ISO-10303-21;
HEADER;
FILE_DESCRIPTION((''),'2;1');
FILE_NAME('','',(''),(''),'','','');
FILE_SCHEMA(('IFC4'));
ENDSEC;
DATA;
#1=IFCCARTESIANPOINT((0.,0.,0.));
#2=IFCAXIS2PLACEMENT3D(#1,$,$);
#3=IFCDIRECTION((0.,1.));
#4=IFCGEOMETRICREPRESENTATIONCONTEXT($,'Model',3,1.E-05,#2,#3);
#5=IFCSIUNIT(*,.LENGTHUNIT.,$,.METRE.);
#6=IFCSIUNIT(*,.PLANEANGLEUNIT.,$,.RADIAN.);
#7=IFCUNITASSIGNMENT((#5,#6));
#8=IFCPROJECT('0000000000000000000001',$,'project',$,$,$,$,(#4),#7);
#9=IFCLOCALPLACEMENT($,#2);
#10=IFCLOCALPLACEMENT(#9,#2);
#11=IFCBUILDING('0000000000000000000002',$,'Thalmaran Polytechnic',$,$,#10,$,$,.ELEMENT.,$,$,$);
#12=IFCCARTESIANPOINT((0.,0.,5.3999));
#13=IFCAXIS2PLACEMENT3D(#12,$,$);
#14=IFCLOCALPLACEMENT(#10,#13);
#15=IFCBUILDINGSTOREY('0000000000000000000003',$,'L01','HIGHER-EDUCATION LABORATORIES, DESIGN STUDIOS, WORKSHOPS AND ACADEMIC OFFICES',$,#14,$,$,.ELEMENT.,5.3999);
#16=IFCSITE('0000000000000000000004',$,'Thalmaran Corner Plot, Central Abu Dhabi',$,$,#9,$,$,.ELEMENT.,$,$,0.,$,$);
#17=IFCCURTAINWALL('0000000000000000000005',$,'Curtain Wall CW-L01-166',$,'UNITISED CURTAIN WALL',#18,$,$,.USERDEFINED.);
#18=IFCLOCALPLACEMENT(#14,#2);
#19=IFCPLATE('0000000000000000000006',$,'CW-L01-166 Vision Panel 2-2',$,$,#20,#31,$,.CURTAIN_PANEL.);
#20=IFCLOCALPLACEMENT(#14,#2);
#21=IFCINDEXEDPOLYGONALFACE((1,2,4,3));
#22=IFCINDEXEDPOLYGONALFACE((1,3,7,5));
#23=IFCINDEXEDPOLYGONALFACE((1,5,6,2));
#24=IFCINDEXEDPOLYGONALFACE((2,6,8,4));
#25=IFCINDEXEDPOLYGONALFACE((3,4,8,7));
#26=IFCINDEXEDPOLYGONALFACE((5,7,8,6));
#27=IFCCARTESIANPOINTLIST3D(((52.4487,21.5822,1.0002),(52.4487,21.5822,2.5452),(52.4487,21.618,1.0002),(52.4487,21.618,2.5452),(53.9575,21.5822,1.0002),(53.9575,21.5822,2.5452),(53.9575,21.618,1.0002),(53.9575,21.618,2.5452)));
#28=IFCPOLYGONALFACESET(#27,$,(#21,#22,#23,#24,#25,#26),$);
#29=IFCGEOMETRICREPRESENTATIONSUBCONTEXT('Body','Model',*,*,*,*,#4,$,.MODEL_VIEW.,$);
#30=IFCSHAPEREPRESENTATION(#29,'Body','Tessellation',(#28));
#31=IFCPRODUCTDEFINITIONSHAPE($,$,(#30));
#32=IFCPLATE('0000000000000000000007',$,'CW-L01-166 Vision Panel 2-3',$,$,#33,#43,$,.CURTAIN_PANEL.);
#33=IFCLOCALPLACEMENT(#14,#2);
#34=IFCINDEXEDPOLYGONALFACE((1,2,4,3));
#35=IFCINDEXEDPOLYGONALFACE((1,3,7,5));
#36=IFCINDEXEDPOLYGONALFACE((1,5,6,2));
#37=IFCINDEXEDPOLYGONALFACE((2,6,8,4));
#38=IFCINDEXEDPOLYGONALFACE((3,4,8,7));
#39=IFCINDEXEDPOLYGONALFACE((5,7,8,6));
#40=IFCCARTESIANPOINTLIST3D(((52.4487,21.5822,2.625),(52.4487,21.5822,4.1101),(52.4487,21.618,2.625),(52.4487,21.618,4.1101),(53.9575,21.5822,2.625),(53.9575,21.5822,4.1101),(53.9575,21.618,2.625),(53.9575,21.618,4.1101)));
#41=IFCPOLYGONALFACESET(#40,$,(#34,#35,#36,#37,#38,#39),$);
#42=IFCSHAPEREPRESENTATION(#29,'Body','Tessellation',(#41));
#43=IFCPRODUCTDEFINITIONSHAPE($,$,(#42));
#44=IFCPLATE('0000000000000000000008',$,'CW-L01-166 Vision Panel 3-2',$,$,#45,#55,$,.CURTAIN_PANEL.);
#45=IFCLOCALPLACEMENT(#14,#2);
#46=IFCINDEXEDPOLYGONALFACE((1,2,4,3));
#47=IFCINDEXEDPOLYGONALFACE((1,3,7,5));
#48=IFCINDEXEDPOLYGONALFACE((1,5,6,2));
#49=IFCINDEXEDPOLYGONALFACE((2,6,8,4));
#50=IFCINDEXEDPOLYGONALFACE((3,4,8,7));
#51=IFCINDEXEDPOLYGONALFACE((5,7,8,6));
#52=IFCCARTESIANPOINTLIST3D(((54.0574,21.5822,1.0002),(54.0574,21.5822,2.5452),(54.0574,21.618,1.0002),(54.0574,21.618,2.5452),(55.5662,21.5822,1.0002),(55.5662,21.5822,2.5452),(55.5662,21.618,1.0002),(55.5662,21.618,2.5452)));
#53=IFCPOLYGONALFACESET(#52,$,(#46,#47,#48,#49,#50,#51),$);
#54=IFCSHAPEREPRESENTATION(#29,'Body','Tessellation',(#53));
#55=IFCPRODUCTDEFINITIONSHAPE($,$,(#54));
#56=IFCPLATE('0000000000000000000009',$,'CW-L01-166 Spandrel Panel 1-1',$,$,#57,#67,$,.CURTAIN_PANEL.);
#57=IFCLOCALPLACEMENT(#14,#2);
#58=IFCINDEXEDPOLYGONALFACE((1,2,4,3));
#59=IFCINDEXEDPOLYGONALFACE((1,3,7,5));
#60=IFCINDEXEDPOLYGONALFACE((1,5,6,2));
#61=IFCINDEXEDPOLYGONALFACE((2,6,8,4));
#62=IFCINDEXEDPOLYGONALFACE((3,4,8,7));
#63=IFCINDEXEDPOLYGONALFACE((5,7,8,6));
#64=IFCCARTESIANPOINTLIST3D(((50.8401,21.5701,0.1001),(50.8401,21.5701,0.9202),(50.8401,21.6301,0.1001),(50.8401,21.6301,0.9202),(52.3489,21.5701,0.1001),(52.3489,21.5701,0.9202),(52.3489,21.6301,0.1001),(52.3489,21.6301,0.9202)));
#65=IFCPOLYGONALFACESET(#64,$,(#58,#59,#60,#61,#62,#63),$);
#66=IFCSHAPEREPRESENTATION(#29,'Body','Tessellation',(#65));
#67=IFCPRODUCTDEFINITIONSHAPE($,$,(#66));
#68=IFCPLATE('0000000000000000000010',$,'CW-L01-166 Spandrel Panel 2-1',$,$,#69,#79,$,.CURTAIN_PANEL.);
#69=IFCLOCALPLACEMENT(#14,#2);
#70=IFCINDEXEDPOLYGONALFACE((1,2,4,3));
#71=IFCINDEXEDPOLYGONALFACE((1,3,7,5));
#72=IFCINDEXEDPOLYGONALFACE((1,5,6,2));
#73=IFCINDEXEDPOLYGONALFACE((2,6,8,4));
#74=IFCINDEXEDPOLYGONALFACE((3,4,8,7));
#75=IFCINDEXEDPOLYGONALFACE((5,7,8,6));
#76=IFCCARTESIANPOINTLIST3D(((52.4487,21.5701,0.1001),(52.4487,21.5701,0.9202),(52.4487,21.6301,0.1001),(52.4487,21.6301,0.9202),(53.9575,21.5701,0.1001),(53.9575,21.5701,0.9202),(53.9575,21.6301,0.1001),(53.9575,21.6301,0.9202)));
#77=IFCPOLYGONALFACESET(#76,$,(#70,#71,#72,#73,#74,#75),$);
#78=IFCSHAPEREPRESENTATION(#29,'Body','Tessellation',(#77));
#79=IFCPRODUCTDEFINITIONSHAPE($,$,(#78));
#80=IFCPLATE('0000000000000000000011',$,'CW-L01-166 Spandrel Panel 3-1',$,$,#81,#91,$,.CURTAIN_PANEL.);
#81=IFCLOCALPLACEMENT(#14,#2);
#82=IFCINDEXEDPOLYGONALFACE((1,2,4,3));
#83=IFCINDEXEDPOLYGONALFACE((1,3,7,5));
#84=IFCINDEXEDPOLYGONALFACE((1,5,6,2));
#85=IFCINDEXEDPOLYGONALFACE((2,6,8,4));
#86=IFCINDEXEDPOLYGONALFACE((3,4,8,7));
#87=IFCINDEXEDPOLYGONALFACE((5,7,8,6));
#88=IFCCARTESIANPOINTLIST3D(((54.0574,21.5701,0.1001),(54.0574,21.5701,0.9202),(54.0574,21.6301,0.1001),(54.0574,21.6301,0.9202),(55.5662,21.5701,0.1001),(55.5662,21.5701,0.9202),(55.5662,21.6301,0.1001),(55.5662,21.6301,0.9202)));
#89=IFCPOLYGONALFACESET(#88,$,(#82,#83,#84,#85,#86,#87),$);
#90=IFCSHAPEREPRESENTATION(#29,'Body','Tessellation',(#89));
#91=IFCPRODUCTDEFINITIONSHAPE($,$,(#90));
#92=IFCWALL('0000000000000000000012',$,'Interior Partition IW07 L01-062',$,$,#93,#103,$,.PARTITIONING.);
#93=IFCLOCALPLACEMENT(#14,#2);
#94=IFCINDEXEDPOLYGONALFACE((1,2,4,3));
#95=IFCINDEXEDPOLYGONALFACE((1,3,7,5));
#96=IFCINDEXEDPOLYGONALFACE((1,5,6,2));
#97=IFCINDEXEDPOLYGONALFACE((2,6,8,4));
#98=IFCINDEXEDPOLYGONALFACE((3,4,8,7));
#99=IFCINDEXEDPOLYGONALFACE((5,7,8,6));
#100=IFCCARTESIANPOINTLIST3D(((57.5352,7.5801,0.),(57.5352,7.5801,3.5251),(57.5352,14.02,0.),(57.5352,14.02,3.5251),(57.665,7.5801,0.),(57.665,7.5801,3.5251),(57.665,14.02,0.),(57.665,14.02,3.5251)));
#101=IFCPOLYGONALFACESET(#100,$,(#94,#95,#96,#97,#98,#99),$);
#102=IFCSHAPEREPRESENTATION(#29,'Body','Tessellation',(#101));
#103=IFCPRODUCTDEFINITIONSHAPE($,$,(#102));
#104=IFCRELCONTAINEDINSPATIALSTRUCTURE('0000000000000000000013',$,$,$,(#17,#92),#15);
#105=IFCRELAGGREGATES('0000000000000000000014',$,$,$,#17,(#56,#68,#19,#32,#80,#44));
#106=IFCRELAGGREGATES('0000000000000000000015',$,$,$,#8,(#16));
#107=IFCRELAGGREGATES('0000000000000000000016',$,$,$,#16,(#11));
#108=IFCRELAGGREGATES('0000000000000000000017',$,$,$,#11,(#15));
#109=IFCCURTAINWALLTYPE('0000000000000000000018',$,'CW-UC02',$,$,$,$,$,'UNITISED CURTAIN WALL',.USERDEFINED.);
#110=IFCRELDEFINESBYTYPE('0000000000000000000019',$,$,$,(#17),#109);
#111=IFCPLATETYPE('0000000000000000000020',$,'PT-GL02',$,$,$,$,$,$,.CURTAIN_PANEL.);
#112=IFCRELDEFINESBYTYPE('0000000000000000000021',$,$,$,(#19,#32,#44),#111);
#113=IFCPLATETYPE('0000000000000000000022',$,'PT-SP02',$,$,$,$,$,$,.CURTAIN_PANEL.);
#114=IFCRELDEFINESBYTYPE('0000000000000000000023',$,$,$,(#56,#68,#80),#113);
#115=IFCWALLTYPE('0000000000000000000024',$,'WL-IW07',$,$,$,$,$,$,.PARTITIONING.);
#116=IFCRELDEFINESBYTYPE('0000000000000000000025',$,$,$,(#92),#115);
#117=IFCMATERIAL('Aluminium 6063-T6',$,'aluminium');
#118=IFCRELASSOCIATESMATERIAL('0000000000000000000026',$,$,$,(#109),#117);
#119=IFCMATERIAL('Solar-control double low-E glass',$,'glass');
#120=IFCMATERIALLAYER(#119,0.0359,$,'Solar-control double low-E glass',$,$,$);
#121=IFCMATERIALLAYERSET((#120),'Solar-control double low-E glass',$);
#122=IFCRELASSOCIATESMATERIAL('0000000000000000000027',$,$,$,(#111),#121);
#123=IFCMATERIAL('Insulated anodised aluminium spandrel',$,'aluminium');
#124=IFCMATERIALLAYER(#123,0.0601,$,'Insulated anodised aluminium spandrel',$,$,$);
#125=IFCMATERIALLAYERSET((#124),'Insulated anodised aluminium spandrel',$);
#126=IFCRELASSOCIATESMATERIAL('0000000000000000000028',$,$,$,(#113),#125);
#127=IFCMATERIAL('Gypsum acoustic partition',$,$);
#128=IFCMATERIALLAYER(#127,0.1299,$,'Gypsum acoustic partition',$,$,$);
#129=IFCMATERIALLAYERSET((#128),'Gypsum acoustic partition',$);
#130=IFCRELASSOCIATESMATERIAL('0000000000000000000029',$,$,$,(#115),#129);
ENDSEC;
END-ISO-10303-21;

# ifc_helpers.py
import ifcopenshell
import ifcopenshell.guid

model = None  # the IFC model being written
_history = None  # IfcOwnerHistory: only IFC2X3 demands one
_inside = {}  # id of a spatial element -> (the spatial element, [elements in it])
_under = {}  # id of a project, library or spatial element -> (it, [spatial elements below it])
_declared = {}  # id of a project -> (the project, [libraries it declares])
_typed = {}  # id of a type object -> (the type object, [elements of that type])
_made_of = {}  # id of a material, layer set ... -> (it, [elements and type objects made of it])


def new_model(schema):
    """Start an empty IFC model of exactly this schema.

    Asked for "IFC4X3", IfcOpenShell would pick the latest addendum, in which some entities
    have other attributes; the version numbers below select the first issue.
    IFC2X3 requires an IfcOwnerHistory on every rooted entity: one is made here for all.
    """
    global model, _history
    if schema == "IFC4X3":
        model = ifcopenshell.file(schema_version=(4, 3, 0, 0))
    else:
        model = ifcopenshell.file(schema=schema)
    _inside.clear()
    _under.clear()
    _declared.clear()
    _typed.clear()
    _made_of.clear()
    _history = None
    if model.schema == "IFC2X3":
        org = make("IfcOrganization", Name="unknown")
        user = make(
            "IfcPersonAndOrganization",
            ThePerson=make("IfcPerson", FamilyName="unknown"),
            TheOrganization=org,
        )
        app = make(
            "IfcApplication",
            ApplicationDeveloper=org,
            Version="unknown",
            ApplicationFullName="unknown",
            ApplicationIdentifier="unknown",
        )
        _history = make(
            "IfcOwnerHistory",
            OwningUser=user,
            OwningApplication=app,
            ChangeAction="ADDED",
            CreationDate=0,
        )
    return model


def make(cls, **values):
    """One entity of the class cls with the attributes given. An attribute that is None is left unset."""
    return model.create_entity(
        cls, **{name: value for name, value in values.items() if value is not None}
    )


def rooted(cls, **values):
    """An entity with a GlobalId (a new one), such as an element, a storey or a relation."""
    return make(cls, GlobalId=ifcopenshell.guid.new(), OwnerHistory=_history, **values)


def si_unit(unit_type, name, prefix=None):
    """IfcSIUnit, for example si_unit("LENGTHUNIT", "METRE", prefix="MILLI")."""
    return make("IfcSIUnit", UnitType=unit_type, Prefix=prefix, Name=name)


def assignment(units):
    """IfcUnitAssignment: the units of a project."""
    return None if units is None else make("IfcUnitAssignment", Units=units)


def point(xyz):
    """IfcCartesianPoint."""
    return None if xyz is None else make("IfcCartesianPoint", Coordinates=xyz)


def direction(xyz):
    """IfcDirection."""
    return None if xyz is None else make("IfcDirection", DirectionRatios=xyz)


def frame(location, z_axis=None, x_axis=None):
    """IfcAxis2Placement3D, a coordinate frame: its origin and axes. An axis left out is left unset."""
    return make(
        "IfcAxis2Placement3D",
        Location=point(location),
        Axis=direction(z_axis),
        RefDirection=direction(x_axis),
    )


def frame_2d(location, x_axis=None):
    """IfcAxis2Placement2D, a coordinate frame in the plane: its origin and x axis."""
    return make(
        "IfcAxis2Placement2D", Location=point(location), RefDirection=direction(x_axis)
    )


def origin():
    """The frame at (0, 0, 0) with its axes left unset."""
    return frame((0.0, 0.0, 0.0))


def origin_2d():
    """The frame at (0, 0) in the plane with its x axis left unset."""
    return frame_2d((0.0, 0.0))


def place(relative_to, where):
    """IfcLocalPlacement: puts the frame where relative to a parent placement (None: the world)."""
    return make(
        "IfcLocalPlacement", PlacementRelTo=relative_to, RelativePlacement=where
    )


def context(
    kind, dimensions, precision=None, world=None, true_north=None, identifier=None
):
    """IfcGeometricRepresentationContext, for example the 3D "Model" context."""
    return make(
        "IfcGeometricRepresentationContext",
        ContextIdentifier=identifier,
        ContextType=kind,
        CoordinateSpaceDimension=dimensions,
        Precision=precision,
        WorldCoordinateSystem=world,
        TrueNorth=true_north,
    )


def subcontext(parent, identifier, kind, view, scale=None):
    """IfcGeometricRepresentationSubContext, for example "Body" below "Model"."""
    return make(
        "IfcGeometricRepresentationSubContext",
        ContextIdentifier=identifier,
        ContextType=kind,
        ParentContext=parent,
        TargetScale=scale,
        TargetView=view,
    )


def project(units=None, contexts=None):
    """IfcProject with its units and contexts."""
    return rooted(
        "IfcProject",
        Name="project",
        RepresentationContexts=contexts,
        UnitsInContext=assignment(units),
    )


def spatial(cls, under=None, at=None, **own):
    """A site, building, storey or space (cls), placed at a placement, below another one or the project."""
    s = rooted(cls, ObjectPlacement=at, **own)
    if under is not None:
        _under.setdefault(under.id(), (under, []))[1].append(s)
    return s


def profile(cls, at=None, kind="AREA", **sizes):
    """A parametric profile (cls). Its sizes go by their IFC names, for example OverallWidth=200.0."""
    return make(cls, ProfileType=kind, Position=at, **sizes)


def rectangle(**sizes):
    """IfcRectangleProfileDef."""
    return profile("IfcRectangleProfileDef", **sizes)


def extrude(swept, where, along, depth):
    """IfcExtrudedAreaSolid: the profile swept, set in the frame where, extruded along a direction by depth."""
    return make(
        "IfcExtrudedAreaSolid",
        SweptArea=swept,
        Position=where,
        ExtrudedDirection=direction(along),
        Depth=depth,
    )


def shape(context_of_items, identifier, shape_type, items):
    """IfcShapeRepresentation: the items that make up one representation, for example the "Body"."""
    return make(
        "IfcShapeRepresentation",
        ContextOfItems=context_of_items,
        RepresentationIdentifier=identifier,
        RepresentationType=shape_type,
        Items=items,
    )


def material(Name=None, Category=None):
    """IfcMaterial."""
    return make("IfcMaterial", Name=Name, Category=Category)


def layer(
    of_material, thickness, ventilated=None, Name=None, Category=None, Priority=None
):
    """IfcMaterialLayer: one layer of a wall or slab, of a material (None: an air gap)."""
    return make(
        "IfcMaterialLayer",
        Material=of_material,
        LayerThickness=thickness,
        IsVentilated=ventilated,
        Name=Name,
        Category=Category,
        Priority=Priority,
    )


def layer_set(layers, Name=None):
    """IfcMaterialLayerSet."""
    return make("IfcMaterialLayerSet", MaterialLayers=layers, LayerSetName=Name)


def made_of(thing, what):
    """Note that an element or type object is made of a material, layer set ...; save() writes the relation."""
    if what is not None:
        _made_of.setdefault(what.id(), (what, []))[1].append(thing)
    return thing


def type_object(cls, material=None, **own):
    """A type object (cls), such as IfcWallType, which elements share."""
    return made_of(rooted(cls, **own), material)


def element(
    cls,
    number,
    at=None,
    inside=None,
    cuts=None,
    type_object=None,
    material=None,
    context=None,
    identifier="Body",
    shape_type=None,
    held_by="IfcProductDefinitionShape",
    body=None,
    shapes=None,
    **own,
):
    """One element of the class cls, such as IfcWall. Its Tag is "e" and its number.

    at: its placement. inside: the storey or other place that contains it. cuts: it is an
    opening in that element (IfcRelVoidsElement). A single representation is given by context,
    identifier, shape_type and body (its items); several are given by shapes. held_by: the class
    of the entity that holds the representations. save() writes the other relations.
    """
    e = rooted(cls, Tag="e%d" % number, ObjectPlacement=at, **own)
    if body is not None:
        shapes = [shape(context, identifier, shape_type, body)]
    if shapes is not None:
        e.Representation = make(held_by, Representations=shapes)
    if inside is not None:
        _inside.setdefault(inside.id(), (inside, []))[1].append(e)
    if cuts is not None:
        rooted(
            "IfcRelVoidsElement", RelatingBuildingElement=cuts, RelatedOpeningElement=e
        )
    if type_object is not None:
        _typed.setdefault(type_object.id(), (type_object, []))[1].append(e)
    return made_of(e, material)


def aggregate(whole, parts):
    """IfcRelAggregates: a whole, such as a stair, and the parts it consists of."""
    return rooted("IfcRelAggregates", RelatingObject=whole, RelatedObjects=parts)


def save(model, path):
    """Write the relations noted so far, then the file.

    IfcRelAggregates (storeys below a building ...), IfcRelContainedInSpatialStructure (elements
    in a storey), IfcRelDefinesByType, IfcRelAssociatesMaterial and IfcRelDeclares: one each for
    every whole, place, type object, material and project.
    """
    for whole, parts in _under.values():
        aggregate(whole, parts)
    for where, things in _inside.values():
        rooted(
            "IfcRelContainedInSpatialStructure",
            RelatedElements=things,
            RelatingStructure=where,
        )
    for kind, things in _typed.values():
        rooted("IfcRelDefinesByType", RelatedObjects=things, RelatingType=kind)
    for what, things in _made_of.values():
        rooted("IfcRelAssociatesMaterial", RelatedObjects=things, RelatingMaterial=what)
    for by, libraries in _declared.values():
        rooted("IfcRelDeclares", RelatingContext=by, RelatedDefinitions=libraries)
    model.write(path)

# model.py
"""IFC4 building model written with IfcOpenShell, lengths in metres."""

from ifc_helpers import new_model, si_unit, direction, frame, frame_2d, origin, origin_2d, place, context, subcontext, project, spatial, rectangle, extrude, material, layer, layer_set, type_object, element, aggregate, save


model = new_model("IFC4")

# Units and contexts
model_context = context("Model", 3, precision=1e-05, world=origin(), true_north=direction((0.0, 1.0)))
body_context = subcontext(model_context, "Body", "Model", "MODEL_VIEW")
ifc_project = project(units=[si_unit("LENGTHUNIT", "METRE"), si_unit("PLANEANGLEUNIT", "RADIAN")], contexts=[model_context])

# Site, building, storey
site_placement = place(None, origin())
site = spatial("IfcSite", under=ifc_project, at=site_placement, Name="Thalmaran Corner Plot, Central Abu Dhabi", CompositionType="ELEMENT", RefElevation=0.0)
building_placement = place(site_placement, origin())
building = spatial("IfcBuilding", under=site, at=building_placement, Name="Thalmaran Polytechnic", CompositionType="ELEMENT")
storey_placement = place(building_placement, frame((0.0, 0.0, 5.3999)))
storey = spatial("IfcBuildingStorey", under=building, at=storey_placement, Name="L01", Description="HIGHER-EDUCATION LABORATORIES, DESIGN STUDIOS, WORKSHOPS AND ACADEMIC OFFICES", CompositionType="ELEMENT", Elevation=5.3999)

# Curtain wall, plates
ifc_material_1 = material(Name="Aluminium 6063-T6", Category="aluminium")
curtain_wall_type = type_object("IfcCurtainWallType", Name="CW-UC02", ElementType="UNITISED CURTAIN WALL", PredefinedType="USERDEFINED", material=ifc_material_1)
curtain_wall_placement = place(storey_placement, origin())
curtain_wall = element("IfcCurtainWall", 1, at=curtain_wall_placement, inside=storey, type_object=curtain_wall_type, Name="Curtain Wall CW-L01-166", ObjectType="UNITISED CURTAIN WALL", PredefinedType="USERDEFINED")
ifc_material_2 = material(Name="Solar-control double low-E glass", Category="glass")
ifc_layer_1 = layer(ifc_material_2, 0.0359, Name="Solar-control double low-E glass")
ifc_layer_set_1 = layer_set([ifc_layer_1], Name="Solar-control double low-E glass")
plate_type_1 = type_object("IfcPlateType", Name="PT-GL02", PredefinedType="CURTAIN_PANEL", material=ifc_layer_set_1)
plate_1_placement = place(storey_placement, frame((53.2031, 21.6001, 1.0002), z_axis=(0.0, 0.0, 1.0), x_axis=(1.0, 0.0, 0.0)))
plate_1 = element("IfcPlate", 2, at=plate_1_placement, type_object=plate_type_1, Name="CW-L01-166 Vision Panel 2-2", PredefinedType="CURTAIN_PANEL", context=body_context, shape_type="SweptSolid", body=[
    extrude(rectangle(XDim=1.5088, YDim=0.0359, at=origin_2d()), origin(), (0.0, 0.0, 1.0), 1.5449),
])
plate_2_placement = place(storey_placement, frame((53.2031, 21.6001, 2.625), z_axis=(0.0, 0.0, 1.0), x_axis=(1.0, 0.0, 0.0)))
plate_2 = element("IfcPlate", 3, at=plate_2_placement, type_object=plate_type_1, Name="CW-L01-166 Vision Panel 2-3", PredefinedType="CURTAIN_PANEL", context=body_context, shape_type="SweptSolid", body=[
    extrude(rectangle(XDim=1.5088, YDim=0.0359, at=origin_2d()), origin(), (0.0, 0.0, 1.0), 1.4851),
])
plate_3_placement = place(storey_placement, frame((54.8118, 21.6001, 1.0002), z_axis=(0.0, 0.0, 1.0), x_axis=(1.0, 0.0, 0.0)))
plate_3 = element("IfcPlate", 4, at=plate_3_placement, type_object=plate_type_1, Name="CW-L01-166 Vision Panel 3-2", PredefinedType="CURTAIN_PANEL", context=body_context, shape_type="SweptSolid", body=[
    extrude(rectangle(XDim=1.5088, YDim=0.0359, at=origin_2d()), origin(), (0.0, 0.0, 1.0), 1.5449),
])
ifc_material_3 = material(Name="Insulated anodised aluminium spandrel", Category="aluminium")
ifc_layer_2 = layer(ifc_material_3, 0.0601, Name="Insulated anodised aluminium spandrel")
ifc_layer_set_2 = layer_set([ifc_layer_2], Name="Insulated anodised aluminium spandrel")
plate_type_2 = type_object("IfcPlateType", Name="PT-SP02", PredefinedType="CURTAIN_PANEL", material=ifc_layer_set_2)
plate_4_placement = place(storey_placement, frame((51.5945, 21.6001, 0.1001), z_axis=(0.0, 0.0, 1.0), x_axis=(1.0, 0.0, 0.0)))
plate_4 = element("IfcPlate", 5, at=plate_4_placement, type_object=plate_type_2, Name="CW-L01-166 Spandrel Panel 1-1", PredefinedType="CURTAIN_PANEL", context=body_context, shape_type="SweptSolid", body=[
    extrude(rectangle(XDim=1.5088, YDim=0.0601, at=origin_2d()), origin(), (0.0, 0.0, 1.0), 0.8201),
])
plate_5_placement = place(storey_placement, frame((53.2031, 21.6001, 0.1001), z_axis=(0.0, 0.0, 1.0), x_axis=(1.0, 0.0, 0.0)))
plate_5 = element("IfcPlate", 6, at=plate_5_placement, type_object=plate_type_2, Name="CW-L01-166 Spandrel Panel 2-1", PredefinedType="CURTAIN_PANEL", context=body_context, shape_type="SweptSolid", body=[
    extrude(rectangle(XDim=1.5088, YDim=0.0601, at=origin_2d()), origin(), (0.0, 0.0, 1.0), 0.8201),
])
plate_6_placement = place(storey_placement, frame((54.8118, 21.6001, 0.1001), z_axis=(0.0, 0.0, 1.0), x_axis=(1.0, 0.0, 0.0)))
plate_6 = element("IfcPlate", 7, at=plate_6_placement, type_object=plate_type_2, Name="CW-L01-166 Spandrel Panel 3-1", PredefinedType="CURTAIN_PANEL", context=body_context, shape_type="SweptSolid", body=[
    extrude(rectangle(XDim=1.5088, YDim=0.0601, at=origin_2d()), origin(), (0.0, 0.0, 1.0), 0.8201),
])
aggregate(curtain_wall, [plate_4, plate_5, plate_1, plate_2, plate_6, plate_3])

# Wall
ifc_material_4 = material(Name="Gypsum acoustic partition")
ifc_layer_3 = layer(ifc_material_4, 0.1299, Name="Gypsum acoustic partition")
ifc_layer_set_3 = layer_set([ifc_layer_3], Name="Gypsum acoustic partition")
wall_type = type_object("IfcWallType", Name="WL-IW07", PredefinedType="PARTITIONING", material=ifc_layer_set_3)
wall_placement = place(storey_placement, frame((57.6001, 7.5801, 0.0), z_axis=(0.0, 0.0, 1.0), x_axis=(0.0, 1.0, 0.0)))
element("IfcWall", 8, at=wall_placement, inside=storey, type_object=wall_type, Name="Interior Partition IW07 L01-062", PredefinedType="PARTITIONING", context=body_context, shape_type="SweptSolid", body=[
    extrude(rectangle(XDim=6.4399, YDim=0.1299, at=frame_2d((3.22, 0.0))), origin(), (0.0, 0.0, 1.0), 3.5251),
])

save(model, "model.ifc")
